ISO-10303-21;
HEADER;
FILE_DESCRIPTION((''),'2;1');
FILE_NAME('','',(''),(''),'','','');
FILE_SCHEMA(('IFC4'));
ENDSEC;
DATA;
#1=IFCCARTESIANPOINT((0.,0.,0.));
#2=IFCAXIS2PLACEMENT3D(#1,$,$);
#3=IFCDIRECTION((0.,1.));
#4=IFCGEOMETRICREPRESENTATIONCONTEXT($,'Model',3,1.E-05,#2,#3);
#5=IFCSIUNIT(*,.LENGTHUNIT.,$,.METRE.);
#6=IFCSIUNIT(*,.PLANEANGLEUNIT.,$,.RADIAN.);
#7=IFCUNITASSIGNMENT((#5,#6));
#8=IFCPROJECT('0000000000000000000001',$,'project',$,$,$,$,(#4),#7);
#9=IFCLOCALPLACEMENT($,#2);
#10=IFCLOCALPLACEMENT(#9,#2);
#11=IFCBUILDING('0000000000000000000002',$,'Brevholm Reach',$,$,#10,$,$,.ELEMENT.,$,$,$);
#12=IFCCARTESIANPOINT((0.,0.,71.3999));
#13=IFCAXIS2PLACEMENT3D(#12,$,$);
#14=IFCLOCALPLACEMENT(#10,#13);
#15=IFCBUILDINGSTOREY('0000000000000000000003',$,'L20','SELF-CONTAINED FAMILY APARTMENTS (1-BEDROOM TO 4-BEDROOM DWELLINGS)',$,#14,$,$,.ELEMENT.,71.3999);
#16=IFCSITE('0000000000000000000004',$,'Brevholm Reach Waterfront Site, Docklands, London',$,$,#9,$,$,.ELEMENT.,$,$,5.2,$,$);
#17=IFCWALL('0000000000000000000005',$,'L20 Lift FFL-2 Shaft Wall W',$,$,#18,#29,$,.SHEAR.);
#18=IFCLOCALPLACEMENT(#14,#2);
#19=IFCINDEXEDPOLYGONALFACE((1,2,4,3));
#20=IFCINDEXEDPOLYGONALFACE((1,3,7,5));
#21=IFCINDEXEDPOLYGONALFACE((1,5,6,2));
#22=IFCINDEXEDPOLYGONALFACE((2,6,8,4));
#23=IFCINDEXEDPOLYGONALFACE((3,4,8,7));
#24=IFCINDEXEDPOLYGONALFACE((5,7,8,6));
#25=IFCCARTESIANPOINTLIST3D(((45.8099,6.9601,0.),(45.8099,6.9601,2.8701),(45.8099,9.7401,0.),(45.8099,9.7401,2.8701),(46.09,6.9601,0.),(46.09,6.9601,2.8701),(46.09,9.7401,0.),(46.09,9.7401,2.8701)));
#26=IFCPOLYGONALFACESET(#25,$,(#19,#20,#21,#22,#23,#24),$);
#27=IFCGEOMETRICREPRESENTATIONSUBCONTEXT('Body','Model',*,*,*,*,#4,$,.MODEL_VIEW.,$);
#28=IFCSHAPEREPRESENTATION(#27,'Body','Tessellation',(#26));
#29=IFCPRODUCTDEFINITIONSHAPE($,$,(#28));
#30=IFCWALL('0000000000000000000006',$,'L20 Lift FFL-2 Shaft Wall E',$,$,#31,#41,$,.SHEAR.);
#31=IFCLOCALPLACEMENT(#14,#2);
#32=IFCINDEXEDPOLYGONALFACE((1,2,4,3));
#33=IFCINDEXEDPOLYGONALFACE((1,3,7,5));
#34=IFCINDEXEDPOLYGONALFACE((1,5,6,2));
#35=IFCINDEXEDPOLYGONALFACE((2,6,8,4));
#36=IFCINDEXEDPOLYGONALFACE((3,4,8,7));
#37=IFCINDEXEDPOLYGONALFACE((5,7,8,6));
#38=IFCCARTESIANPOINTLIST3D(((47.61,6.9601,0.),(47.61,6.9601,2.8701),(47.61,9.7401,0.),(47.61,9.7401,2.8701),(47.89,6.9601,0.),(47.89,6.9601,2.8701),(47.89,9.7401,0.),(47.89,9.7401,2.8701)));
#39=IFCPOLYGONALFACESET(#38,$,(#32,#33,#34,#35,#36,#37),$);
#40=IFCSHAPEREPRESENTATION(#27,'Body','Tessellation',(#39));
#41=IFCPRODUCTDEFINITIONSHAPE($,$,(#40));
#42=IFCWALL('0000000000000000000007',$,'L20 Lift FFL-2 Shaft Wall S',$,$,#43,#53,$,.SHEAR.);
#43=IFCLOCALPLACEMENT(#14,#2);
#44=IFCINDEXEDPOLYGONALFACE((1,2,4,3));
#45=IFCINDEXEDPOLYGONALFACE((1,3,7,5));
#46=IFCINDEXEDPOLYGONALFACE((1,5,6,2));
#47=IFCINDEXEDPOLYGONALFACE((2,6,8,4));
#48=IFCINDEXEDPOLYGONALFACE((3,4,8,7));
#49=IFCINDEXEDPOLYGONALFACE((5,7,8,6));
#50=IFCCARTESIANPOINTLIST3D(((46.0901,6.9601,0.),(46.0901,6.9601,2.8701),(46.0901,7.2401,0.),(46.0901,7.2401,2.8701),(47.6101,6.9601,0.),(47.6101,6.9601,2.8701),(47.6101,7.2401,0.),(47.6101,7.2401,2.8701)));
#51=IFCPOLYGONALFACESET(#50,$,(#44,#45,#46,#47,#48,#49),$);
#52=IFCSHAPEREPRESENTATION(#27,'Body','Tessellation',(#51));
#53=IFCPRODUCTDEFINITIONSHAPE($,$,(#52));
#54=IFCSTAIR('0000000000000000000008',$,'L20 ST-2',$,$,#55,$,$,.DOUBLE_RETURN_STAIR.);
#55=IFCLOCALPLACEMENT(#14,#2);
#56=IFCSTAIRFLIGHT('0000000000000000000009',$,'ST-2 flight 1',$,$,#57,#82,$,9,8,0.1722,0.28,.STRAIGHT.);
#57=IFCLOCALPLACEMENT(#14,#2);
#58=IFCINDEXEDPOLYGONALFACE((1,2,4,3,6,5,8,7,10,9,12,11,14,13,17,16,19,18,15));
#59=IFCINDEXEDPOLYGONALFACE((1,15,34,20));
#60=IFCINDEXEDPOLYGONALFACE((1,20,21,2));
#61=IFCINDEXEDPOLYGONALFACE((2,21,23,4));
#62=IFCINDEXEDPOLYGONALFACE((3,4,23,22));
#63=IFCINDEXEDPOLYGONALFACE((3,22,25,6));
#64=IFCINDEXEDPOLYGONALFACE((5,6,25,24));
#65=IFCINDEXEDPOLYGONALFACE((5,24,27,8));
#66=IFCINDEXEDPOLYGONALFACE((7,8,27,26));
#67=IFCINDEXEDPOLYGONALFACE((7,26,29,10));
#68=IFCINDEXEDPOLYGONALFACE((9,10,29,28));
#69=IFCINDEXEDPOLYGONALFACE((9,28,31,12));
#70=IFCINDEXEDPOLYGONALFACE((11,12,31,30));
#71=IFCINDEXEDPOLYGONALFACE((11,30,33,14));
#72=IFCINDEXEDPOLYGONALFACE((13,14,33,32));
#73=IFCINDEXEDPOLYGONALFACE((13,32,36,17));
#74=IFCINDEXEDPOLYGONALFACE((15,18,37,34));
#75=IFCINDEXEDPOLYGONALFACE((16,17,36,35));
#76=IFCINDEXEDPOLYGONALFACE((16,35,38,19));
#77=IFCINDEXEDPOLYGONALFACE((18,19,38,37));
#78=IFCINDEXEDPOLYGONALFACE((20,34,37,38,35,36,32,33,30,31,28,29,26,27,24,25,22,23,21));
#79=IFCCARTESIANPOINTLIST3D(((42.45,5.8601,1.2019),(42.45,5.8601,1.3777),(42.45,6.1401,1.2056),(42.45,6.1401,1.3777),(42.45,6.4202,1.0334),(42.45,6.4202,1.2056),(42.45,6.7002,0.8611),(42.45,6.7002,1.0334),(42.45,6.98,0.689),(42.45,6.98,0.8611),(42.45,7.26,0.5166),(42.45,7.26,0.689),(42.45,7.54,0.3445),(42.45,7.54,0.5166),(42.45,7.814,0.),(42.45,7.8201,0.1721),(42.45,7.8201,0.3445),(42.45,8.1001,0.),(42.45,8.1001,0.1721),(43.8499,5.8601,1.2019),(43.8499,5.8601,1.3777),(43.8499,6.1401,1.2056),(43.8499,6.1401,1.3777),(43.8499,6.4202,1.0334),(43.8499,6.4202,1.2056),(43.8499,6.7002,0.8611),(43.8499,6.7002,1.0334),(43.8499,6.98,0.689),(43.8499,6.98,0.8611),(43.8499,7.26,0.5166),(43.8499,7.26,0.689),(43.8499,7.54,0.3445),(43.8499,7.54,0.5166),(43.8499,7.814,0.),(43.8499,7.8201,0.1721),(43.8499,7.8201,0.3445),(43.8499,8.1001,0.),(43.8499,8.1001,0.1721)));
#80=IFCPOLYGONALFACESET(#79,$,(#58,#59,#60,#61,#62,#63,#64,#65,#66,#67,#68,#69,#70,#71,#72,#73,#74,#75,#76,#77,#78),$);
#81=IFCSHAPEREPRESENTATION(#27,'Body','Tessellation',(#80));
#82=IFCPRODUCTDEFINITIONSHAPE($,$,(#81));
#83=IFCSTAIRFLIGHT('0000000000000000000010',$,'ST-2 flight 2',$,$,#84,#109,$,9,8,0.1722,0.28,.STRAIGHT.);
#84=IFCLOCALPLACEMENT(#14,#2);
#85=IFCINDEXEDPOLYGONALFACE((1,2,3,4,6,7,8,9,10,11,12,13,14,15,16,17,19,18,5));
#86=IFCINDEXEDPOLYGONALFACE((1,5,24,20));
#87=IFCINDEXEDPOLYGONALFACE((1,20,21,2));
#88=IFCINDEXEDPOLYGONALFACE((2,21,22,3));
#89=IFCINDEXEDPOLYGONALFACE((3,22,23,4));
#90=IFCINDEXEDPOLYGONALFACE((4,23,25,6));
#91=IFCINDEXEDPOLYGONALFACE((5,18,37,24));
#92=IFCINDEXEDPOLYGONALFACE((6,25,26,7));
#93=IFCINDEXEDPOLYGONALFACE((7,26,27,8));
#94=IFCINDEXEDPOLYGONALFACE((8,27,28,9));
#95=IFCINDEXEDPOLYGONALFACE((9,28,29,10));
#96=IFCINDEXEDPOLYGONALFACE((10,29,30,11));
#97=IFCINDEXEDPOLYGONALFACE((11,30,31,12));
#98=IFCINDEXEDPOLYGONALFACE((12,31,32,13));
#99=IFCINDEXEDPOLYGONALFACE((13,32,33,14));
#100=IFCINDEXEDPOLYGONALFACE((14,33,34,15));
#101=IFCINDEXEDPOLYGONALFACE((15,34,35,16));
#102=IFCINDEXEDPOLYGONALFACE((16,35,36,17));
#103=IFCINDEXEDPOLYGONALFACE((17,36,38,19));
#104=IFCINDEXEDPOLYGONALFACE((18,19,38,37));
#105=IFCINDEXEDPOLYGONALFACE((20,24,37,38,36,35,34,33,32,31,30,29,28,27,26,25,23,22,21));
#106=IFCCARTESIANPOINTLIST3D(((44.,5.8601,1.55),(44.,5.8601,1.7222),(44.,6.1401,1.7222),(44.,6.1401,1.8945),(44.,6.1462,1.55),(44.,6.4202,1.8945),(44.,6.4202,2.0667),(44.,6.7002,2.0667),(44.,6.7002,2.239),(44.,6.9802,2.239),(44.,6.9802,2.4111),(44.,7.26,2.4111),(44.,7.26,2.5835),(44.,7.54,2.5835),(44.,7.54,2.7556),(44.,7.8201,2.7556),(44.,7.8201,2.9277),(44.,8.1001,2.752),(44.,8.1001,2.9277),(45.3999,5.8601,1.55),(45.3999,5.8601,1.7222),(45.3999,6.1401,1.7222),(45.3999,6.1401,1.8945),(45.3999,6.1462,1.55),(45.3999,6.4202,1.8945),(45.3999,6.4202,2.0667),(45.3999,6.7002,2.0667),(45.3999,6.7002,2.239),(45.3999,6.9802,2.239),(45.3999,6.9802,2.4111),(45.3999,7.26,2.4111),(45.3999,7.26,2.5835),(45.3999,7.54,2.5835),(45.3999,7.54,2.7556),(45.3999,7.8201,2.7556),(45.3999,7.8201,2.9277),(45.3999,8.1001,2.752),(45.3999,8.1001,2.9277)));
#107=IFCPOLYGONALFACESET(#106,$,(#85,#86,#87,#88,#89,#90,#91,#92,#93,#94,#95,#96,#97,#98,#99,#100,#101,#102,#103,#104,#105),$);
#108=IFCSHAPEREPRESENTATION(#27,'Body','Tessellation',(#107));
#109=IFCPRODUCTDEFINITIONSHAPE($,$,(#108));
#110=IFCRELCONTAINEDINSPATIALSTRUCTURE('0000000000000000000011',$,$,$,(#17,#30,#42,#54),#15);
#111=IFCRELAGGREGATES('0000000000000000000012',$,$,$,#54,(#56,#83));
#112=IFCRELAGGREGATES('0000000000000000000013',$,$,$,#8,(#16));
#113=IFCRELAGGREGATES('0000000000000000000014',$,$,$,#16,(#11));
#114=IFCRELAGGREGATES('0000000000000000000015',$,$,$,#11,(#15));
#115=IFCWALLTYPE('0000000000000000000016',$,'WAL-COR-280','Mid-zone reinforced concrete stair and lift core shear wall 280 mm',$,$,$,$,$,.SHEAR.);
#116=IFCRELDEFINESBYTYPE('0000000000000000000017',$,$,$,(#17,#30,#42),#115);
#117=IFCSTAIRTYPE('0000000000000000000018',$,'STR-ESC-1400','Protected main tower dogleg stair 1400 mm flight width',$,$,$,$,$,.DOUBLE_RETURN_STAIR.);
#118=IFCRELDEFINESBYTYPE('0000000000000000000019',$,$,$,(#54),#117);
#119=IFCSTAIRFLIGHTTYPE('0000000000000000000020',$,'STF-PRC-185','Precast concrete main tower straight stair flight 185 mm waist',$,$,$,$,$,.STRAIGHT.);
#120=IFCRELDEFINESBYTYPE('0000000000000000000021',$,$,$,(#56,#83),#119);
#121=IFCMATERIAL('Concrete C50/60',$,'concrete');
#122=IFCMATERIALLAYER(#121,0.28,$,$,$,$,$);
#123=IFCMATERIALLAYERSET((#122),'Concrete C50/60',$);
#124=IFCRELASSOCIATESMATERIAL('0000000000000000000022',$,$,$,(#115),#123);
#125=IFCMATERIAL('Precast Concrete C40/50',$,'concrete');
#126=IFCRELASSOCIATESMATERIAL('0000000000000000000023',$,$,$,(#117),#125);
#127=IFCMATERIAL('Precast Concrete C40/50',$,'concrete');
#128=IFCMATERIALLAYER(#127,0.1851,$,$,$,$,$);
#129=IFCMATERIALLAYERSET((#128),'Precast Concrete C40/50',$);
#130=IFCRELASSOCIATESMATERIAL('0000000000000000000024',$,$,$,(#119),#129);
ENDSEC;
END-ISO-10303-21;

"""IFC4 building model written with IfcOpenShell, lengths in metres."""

from ifc_helpers import new_model, si_unit, direction, frame, frame_2d, origin, place, context, subcontext, project, spatial, polyline, rectangle, outline, extrude, material, layer, layer_set, type_object, element, aggregate, save


model = new_model("IFC4")

# Units and contexts
model_context = context("Model", 3, precision=1e-05, world=origin(), true_north=direction((0.0, 1.0)))
body_context = subcontext(model_context, "Body", "Model", "MODEL_VIEW")
ifc_project = project(units=[si_unit("LENGTHUNIT", "METRE"), si_unit("PLANEANGLEUNIT", "RADIAN")], contexts=[model_context])

# Site, building, storey
site_placement = place(None, origin())
site = spatial("IfcSite", under=ifc_project, at=site_placement, Name="Brevholm Reach Waterfront Site, Docklands, London", CompositionType="ELEMENT", RefElevation=5.2)
building_placement = place(site_placement, origin())
building = spatial("IfcBuilding", under=site, at=building_placement, Name="Brevholm Reach", CompositionType="ELEMENT")
storey_placement = place(building_placement, frame((0.0, 0.0, 71.3999)))
storey = spatial("IfcBuildingStorey", under=building, at=storey_placement, Name="L20", Description="SELF-CONTAINED FAMILY APARTMENTS (1-BEDROOM TO 4-BEDROOM DWELLINGS)", CompositionType="ELEMENT", Elevation=71.3999)

# Walls
ifc_material_1 = material(Name="Concrete C50/60", Category="concrete")
ifc_layer_1 = layer(ifc_material_1, 0.28)
ifc_layer_set_1 = layer_set([ifc_layer_1], Name="Concrete C50/60")
wall_type = type_object("IfcWallType", Name="WAL-COR-280", Description="Mid-zone reinforced concrete stair and lift core shear wall 280 mm", PredefinedType="SHEAR", material=ifc_layer_set_1)
for number, where, z_axis, x_axis, name in (
    (1, (45.95, 6.96, 0.0), (0.0, 0.0, 1.0), (0.0, 1.0, 0.0), "L20 Lift FFL-2 Shaft Wall W"),
    (2, (47.75, 6.96, 0.0), (0.0, 0.0, 1.0), (0.0, 1.0, 0.0), "L20 Lift FFL-2 Shaft Wall E"),
):
    element("IfcWall", number, at=place(storey_placement, frame(where, z_axis=z_axis, x_axis=x_axis)), inside=storey, type_object=wall_type, Name=name, PredefinedType="SHEAR", context=body_context, shape_type="SweptSolid", body=[
        extrude(rectangle(XDim=2.78, YDim=0.28, at=frame_2d((1.3901, 0.0))), origin(), (0.0, 0.0, 1.0), 2.8701),
    ])
wall_1_placement = place(storey_placement, frame((46.0901, 7.1001, 0.0), z_axis=(0.0, 0.0, 1.0), x_axis=(1.0, 0.0, 0.0)))
element("IfcWall", 3, at=wall_1_placement, inside=storey, type_object=wall_type, Name="L20 Lift FFL-2 Shaft Wall S", PredefinedType="SHEAR", context=body_context, shape_type="SweptSolid", body=[
    extrude(rectangle(XDim=1.52, YDim=0.28, at=frame_2d((0.76, 0.0))), origin(), (0.0, 0.0, 1.0), 2.8701),
])

# Stair, stair flights
ifc_material_2 = material(Name="Precast Concrete C40/50", Category="concrete")
stair_type = type_object("IfcStairType", Name="STR-ESC-1400", Description="Protected main tower dogleg stair 1400 mm flight width", PredefinedType="DOUBLE_RETURN_STAIR", material=ifc_material_2)
stair_placement = place(storey_placement, origin())
stair = element("IfcStair", 4, at=stair_placement, inside=storey, type_object=stair_type, Name="L20 ST-2", PredefinedType="DOUBLE_RETURN_STAIR")
ifc_material_3 = material(Name="Precast Concrete C40/50", Category="concrete")
ifc_layer_2 = layer(ifc_material_3, 0.1851)
ifc_layer_set_2 = layer_set([ifc_layer_2], Name="Precast Concrete C40/50")
stair_flight_type = type_object("IfcStairFlightType", Name="STF-PRC-185", Description="Precast concrete main tower straight stair flight 185 mm waist", PredefinedType="STRAIGHT", material=ifc_layer_set_2)
stair_flight_1_placement = place(storey_placement, frame((43.1499, 8.1001, 0.0), z_axis=(0.0, 0.0, 1.0), x_axis=(0.0, -1.0, 0.0)))
stair_flight_1 = element("IfcStairFlight", 5, at=stair_flight_1_placement, type_object=stair_flight_type, Name="ST-2 flight 1", NumberOfRisers=9, NumberOfTreads=8, PredefinedType="STRAIGHT", RiserHeight=0.1722, TreadLength=0.28, context=body_context, shape_type="SweptSolid", body=[
    extrude(outline(polyline([(0.0, 0.0), (0.0, 0.1721), (0.28, 0.1721), (0.28, 0.3445), (0.5601, 0.3445), (0.5601, 0.5166), (0.8401, 0.5166), (0.8401, 0.689), (1.1201, 0.689), (1.1201, 0.8611), (1.3999, 0.8611), (1.3999, 1.0334), (1.6799, 1.0334), (1.6799, 1.2056), (1.96, 1.2056), (1.96, 1.3777), (2.24, 1.3777), (2.24, 1.55), (2.24, 1.2019), (0.2861, 0.0), (0.0, 0.0)])), frame((0.0, 0.7, 0.0), z_axis=(0.0, -1.0, 0.0), x_axis=(1.0, 0.0, 0.0)), (0.0, 0.0, 1.0), 1.3999),
])
stair_flight_2_placement = place(storey_placement, frame((44.7, 5.8601, 1.55), z_axis=(0.0, 0.0, 1.0), x_axis=(0.0, 1.0, 0.0)))
stair_flight_2 = element("IfcStairFlight", 6, at=stair_flight_2_placement, type_object=stair_flight_type, Name="ST-2 flight 2", NumberOfRisers=9, NumberOfTreads=8, PredefinedType="STRAIGHT", RiserHeight=0.1722, TreadLength=0.28, context=body_context, shape_type="SweptSolid", body=[
    extrude(outline(polyline([(0.0, 0.0), (0.0, 0.1721), (0.28, 0.1721), (0.28, 0.3445), (0.5601, 0.3445), (0.5601, 0.5166), (0.8401, 0.5166), (0.8401, 0.689), (1.1201, 0.689), (1.1201, 0.8611), (1.3999, 0.8611), (1.3999, 1.0334), (1.6799, 1.0334), (1.6799, 1.2056), (1.96, 1.2056), (1.96, 1.3777), (2.24, 1.3777), (2.24, 1.55), (2.24, 1.2019), (0.2861, 0.0), (0.0, 0.0)])), frame((0.0, 0.7, 0.0), z_axis=(0.0, -1.0, 0.0), x_axis=(1.0, 0.0, 0.0)), (0.0, 0.0, 1.0), 1.3999),
])
aggregate(stair, [stair_flight_1, stair_flight_2])

save(model, "model.ifc")
